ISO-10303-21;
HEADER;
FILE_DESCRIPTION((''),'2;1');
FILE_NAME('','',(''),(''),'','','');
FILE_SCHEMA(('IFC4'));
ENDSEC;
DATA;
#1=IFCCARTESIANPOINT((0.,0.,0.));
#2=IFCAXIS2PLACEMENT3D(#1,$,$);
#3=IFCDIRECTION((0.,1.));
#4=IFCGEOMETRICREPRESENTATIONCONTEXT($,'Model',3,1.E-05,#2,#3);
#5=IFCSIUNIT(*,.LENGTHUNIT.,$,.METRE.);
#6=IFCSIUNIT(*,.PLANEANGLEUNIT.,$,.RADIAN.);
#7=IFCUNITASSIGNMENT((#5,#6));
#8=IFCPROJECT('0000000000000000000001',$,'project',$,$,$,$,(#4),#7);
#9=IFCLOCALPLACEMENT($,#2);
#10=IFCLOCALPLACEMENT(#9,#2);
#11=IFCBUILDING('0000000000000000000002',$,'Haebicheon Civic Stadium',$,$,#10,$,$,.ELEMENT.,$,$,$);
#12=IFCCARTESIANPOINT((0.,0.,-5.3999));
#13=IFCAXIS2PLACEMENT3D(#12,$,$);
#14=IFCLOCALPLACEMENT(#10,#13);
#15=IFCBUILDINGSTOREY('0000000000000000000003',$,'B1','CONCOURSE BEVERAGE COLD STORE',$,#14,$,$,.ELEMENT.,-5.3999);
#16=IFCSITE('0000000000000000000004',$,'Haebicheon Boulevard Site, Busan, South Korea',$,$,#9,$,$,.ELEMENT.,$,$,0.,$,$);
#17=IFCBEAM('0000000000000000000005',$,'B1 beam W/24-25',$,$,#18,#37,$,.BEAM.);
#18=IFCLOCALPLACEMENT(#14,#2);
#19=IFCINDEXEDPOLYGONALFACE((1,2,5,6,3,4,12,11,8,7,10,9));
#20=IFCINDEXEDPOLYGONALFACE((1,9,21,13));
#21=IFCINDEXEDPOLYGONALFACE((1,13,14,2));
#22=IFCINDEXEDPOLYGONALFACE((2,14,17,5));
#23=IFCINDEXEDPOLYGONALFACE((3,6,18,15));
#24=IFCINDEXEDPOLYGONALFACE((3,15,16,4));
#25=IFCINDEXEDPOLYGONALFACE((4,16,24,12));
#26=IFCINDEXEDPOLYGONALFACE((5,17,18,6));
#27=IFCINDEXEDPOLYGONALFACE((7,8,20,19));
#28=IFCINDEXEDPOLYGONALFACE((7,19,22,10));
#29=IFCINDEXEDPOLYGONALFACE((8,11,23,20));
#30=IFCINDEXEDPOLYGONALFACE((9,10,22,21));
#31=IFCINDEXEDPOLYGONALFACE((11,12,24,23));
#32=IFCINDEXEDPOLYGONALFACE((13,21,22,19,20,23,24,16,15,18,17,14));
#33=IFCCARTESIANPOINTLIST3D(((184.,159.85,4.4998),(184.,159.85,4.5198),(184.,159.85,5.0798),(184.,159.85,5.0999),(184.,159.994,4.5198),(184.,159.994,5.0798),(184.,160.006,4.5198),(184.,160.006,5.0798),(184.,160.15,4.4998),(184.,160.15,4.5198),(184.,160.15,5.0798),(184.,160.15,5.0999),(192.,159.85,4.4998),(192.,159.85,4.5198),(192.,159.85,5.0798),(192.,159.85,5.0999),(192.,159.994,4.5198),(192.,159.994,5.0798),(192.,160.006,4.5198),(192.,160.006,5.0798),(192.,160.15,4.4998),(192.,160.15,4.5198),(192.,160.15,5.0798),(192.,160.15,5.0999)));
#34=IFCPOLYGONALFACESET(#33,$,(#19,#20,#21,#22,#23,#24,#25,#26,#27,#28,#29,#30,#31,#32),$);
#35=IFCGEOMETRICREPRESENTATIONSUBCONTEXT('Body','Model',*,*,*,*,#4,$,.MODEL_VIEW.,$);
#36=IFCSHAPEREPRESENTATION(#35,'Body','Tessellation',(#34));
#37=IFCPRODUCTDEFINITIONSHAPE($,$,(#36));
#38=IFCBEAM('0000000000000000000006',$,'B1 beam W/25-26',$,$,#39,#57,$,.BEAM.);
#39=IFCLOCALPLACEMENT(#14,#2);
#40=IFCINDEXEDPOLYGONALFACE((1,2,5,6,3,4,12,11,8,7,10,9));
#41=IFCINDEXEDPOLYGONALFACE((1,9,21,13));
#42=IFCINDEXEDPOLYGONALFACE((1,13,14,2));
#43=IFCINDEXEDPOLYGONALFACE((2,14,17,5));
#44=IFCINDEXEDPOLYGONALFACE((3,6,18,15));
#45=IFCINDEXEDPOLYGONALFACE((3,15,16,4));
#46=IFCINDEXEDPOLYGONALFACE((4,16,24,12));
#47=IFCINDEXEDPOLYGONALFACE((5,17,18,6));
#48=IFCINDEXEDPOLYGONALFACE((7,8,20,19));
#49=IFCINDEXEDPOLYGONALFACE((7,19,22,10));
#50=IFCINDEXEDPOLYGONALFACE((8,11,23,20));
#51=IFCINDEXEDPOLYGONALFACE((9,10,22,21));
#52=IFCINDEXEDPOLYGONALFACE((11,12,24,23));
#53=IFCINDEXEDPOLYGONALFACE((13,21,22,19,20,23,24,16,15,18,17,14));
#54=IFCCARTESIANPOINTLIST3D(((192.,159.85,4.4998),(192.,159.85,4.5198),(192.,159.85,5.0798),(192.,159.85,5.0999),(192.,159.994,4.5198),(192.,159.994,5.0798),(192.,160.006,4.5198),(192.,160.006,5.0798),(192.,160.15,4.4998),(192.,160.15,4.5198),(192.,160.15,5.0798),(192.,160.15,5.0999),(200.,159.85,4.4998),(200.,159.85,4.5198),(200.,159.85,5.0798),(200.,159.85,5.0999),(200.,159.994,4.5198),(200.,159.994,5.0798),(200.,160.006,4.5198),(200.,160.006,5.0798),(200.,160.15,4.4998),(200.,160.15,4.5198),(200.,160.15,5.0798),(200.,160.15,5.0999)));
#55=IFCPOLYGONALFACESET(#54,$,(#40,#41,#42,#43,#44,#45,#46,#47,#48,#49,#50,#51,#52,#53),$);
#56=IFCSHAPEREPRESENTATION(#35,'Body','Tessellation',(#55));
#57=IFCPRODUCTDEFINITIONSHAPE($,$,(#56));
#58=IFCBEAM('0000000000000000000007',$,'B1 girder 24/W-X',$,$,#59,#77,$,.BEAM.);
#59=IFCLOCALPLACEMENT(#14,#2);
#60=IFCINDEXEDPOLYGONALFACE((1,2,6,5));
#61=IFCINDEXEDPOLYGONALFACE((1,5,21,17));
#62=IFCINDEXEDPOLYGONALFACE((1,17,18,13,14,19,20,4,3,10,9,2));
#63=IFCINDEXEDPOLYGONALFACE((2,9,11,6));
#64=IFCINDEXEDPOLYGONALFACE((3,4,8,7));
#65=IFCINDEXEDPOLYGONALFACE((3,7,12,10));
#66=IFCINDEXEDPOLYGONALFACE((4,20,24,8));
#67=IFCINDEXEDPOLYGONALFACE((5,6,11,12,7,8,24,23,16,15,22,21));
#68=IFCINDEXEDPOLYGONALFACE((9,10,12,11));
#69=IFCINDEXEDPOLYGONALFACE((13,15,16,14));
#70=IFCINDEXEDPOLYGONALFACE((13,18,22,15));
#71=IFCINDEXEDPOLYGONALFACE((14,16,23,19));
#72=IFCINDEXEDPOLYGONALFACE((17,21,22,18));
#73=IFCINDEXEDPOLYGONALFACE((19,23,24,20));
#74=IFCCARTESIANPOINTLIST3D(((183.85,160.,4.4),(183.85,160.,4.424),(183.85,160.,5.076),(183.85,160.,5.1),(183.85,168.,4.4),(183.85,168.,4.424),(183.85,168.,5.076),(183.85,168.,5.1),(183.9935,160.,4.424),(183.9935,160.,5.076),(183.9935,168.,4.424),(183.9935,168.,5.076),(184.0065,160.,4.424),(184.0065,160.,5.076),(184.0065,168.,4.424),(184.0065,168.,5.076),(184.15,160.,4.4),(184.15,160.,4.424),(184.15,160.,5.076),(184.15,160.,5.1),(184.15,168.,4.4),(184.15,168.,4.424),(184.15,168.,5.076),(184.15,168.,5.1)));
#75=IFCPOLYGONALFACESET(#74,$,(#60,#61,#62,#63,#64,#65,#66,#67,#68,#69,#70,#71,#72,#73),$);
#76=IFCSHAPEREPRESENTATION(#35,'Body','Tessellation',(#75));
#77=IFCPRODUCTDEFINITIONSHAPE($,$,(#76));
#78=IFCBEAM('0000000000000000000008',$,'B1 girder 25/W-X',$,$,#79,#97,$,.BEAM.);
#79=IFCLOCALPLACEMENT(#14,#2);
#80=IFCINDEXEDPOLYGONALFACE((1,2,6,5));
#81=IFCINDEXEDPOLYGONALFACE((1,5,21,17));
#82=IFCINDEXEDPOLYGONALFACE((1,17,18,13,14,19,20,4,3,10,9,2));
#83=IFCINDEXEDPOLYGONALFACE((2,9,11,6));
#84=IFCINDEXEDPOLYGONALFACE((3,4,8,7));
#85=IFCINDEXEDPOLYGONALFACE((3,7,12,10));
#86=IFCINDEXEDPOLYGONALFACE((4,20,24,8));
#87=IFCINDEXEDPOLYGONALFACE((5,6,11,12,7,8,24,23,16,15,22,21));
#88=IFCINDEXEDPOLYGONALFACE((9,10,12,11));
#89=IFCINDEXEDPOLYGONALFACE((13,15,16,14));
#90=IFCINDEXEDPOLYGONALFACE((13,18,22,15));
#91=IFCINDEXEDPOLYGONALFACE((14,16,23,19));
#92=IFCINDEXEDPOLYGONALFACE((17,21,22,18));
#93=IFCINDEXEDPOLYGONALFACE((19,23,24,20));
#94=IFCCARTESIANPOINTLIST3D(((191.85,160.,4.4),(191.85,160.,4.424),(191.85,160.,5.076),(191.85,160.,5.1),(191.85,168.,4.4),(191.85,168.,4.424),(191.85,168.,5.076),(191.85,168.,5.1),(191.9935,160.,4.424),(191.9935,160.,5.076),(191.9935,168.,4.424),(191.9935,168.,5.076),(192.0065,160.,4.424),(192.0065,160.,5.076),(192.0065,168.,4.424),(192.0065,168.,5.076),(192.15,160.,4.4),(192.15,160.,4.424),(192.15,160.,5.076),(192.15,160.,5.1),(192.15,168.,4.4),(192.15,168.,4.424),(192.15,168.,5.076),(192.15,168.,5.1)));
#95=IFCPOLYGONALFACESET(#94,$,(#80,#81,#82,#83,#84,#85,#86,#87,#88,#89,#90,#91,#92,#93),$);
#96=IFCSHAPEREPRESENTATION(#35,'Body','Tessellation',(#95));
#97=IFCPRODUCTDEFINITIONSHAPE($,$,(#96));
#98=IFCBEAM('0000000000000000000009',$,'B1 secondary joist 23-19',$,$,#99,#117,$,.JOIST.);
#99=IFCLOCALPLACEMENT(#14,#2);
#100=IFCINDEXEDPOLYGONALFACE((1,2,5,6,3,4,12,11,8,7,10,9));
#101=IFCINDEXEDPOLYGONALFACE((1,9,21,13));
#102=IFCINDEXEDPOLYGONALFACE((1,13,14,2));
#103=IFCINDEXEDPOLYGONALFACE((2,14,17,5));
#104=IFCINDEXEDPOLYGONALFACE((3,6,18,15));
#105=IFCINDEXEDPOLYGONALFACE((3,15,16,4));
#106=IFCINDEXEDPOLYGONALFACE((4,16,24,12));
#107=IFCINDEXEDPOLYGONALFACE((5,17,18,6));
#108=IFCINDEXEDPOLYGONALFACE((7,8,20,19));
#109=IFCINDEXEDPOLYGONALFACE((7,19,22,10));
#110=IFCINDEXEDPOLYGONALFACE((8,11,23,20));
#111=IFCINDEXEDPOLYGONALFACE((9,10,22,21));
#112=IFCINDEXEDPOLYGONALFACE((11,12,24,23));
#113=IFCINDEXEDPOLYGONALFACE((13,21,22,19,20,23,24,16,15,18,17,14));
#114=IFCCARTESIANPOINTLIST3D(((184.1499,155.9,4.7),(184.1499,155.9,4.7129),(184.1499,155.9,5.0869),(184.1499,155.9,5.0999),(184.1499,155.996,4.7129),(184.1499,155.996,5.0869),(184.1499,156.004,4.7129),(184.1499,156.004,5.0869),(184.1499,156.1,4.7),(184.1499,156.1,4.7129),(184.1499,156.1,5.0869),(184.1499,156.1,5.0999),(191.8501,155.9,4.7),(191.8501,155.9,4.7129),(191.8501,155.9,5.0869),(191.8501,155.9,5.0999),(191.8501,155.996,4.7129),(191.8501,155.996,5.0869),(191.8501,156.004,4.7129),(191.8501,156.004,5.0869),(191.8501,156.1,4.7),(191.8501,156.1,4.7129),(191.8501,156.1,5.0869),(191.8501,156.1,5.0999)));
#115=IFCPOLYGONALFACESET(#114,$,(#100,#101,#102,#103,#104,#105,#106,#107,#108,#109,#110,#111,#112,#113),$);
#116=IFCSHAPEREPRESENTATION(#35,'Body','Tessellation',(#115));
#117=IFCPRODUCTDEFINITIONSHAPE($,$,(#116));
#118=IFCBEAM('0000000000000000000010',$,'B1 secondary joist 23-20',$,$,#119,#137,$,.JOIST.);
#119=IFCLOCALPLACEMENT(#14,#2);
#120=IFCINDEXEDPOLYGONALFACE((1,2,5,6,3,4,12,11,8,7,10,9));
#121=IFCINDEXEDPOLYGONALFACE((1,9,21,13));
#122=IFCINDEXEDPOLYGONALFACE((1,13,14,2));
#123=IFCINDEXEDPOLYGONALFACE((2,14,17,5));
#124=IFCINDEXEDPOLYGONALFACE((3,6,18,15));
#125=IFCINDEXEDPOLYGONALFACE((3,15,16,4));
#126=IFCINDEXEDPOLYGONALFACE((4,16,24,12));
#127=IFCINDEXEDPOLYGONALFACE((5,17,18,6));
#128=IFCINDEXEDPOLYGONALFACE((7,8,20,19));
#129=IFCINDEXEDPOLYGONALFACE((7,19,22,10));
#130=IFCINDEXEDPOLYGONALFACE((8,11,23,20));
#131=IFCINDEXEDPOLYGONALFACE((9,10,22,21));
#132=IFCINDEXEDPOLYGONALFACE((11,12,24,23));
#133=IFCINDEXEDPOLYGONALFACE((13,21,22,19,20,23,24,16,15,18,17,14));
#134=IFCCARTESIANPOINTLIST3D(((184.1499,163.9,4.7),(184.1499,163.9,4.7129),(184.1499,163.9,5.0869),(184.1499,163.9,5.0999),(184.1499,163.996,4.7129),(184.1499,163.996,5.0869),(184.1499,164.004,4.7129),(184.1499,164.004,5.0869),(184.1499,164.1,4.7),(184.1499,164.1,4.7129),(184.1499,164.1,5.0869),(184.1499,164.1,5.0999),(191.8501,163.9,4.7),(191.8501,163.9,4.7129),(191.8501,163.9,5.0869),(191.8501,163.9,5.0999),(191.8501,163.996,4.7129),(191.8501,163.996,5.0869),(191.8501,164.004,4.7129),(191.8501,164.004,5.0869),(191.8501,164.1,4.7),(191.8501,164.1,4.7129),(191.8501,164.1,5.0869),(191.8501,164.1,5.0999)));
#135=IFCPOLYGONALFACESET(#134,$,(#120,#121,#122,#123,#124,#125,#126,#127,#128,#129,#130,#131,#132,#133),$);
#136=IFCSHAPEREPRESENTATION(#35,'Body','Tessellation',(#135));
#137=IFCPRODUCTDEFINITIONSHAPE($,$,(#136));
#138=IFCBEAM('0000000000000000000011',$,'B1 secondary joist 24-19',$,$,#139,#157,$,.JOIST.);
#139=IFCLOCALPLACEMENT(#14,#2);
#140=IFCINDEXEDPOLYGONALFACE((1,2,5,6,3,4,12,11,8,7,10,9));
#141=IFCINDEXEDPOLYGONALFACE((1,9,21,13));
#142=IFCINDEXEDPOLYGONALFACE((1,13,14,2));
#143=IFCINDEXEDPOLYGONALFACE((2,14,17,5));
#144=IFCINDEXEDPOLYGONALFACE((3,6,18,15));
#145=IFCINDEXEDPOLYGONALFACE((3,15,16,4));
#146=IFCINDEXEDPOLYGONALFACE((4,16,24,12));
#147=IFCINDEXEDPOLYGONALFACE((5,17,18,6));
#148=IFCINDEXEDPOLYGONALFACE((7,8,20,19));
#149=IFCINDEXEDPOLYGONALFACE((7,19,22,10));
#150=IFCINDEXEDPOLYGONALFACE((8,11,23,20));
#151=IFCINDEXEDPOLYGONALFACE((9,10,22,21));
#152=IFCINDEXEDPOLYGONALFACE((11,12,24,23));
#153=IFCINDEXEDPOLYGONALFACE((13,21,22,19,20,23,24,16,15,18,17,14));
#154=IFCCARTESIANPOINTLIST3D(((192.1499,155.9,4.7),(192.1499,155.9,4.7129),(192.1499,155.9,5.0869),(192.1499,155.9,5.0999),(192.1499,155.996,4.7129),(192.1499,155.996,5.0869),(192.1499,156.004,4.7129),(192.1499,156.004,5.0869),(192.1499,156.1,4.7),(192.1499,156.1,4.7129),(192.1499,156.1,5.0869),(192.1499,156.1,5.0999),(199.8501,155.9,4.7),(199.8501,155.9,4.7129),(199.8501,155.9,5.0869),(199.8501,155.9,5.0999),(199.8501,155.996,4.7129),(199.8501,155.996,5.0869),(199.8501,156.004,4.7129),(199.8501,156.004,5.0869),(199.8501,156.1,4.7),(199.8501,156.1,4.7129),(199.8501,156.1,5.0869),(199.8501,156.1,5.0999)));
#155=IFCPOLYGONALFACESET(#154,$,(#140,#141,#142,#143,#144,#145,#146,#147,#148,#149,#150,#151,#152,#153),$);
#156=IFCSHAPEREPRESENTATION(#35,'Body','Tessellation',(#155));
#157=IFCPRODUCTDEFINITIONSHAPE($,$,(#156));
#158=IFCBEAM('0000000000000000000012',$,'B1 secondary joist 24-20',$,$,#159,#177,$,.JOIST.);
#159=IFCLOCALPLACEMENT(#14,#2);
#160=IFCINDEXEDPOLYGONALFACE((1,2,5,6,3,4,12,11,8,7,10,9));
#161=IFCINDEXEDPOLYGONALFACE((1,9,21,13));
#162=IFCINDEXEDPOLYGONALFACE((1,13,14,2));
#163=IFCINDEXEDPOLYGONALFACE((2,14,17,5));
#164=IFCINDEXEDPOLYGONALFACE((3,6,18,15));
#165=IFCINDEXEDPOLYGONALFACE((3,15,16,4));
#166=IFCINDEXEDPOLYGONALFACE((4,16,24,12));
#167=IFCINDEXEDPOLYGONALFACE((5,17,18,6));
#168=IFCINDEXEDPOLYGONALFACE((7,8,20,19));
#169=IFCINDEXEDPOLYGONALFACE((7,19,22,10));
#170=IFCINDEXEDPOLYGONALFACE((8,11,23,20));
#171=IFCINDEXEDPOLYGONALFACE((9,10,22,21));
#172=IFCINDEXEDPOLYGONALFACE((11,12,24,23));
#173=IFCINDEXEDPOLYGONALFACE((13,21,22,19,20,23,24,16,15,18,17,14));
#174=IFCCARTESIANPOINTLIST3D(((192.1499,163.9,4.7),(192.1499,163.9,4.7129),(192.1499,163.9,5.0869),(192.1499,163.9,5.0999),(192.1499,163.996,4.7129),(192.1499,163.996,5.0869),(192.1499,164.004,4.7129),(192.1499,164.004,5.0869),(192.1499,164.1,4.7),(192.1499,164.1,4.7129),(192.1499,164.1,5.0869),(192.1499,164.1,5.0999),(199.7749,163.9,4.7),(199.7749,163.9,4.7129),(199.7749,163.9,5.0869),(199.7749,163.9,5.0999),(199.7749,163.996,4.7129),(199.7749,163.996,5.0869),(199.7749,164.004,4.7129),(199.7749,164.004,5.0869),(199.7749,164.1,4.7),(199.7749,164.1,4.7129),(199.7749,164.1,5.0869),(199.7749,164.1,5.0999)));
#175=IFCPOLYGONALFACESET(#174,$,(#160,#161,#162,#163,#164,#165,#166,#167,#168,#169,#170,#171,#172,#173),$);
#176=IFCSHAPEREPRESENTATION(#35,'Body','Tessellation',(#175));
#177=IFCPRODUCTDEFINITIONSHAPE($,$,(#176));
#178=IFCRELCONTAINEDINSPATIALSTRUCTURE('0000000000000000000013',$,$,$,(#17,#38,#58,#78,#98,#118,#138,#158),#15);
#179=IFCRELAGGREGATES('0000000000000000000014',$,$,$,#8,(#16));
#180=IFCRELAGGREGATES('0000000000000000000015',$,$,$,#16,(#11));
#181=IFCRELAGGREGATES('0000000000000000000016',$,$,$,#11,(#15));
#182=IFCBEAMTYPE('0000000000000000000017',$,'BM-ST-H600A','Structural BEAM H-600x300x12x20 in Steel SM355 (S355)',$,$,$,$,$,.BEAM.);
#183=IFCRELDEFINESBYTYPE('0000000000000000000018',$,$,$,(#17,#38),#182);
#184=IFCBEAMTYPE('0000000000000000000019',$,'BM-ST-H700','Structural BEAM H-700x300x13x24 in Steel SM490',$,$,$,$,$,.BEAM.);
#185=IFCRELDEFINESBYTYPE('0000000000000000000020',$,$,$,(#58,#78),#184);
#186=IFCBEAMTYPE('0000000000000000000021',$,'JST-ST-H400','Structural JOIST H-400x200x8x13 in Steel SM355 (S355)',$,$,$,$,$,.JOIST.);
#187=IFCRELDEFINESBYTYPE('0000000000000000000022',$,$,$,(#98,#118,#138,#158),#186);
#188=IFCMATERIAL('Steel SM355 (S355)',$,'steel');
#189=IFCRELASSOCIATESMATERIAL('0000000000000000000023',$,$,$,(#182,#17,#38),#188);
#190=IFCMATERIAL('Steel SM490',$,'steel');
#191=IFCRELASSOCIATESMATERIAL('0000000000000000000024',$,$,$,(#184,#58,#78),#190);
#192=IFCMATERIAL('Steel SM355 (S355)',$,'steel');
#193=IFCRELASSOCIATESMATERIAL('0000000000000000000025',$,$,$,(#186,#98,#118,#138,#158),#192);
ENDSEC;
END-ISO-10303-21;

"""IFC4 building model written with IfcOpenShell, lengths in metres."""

from ifc_helpers import new_model, si_unit, direction, frame, origin, origin_2d, place, context, subcontext, project, spatial, i_section, extrude, material, material_profile, profile_set, type_object, element, save


model = new_model("IFC4")

# Units and contexts
model_context = context("Model", 3, precision=1e-05, world=origin(), true_north=direction((0.0, 1.0)))
body_context = subcontext(model_context, "Body", "Model", "MODEL_VIEW")
ifc_project = project(units=[si_unit("LENGTHUNIT", "METRE"), si_unit("PLANEANGLEUNIT", "RADIAN")], contexts=[model_context])

# Site, building, storey
site_placement = place(None, origin())
site = spatial("IfcSite", under=ifc_project, at=site_placement, Name="Haebicheon Boulevard Site, Busan, South Korea", CompositionType="ELEMENT", RefElevation=0.0)
building_placement = place(site_placement, origin())
building = spatial("IfcBuilding", under=site, at=building_placement, Name="Haebicheon Civic Stadium", CompositionType="ELEMENT")
storey_placement = place(building_placement, frame((0.0, 0.0, -5.3999)))
storey = spatial("IfcBuildingStorey", under=building, at=storey_placement, Name="B1", Description="CONCOURSE BEVERAGE COLD STORE", CompositionType="ELEMENT", Elevation=-5.3999)

# Beams
ifc_material_1 = material(Name="Steel SM355 (S355)", Category="steel")
ifc_material_profile_1 = material_profile(ifc_material_1, i_section(OverallWidth=0.3, OverallDepth=0.6001, WebThickness=0.012, FlangeThickness=0.02, at=origin_2d()), Name="H-600x300x12x20")
ifc_profile_set_1 = profile_set([ifc_material_profile_1], Name="Steel SM355 (S355)")
beam_type_1 = type_object("IfcBeamType", Name="BM-ST-H600A", Description="Structural BEAM H-600x300x12x20 in Steel SM355 (S355)", PredefinedType="BEAM", material=ifc_profile_set_1)
for number, where, z_axis, x_axis, name in (
    (1, (184.0, 160.0, 4.7998), (1.0, 0.0, 0.0), (0.0, 1.0, 0.0), "B1 beam W/24-25"),
    (2, (192.0, 160.0, 4.7998), (1.0, 0.0, 0.0), (0.0, 1.0, 0.0), "B1 beam W/25-26"),
):
    element("IfcBeam", number, at=place(storey_placement, frame(where, z_axis=z_axis, x_axis=x_axis)), inside=storey, type_object=beam_type_1, material=ifc_profile_set_1, Name=name, PredefinedType="BEAM", context=body_context, shape_type="SweptSolid", body=[
        extrude(i_section(OverallWidth=0.3, OverallDepth=0.6001, WebThickness=0.012, FlangeThickness=0.02, at=origin_2d()), origin(), (0.0, 0.0, 1.0), 8.0),
    ])
ifc_material_2 = material(Name="Steel SM490", Category="steel")
ifc_material_profile_2 = material_profile(ifc_material_2, i_section(OverallWidth=0.3, OverallDepth=0.7, WebThickness=0.0129, FlangeThickness=0.0239, at=origin_2d()), Name="H-700x300x13x24")
ifc_profile_set_2 = profile_set([ifc_material_profile_2], Name="Steel SM490")
beam_type_2 = type_object("IfcBeamType", Name="BM-ST-H700", Description="Structural BEAM H-700x300x13x24 in Steel SM490", PredefinedType="BEAM", material=ifc_profile_set_2)
for number, where, z_axis, x_axis, name in (
    (3, (184.0, 160.0, 4.75), (0.0, 1.0, 0.0), (-1.0, 0.0, 0.0), "B1 girder 24/W-X"),
    (4, (192.0, 160.0, 4.75), (0.0, 1.0, 0.0), (-1.0, 0.0, 0.0), "B1 girder 25/W-X"),
):
    element("IfcBeam", number, at=place(storey_placement, frame(where, z_axis=z_axis, x_axis=x_axis)), inside=storey, type_object=beam_type_2, material=ifc_profile_set_2, Name=name, PredefinedType="BEAM", context=body_context, shape_type="SweptSolid", body=[
        extrude(i_section(OverallWidth=0.3, OverallDepth=0.7, WebThickness=0.0129, FlangeThickness=0.0239, at=origin_2d()), origin(), (0.0, 0.0, 1.0), 8.0),
    ])
ifc_material_3 = material(Name="Steel SM355 (S355)", Category="steel")
ifc_material_profile_3 = material_profile(ifc_material_3, i_section(OverallWidth=0.2, OverallDepth=0.3999, WebThickness=0.0081, FlangeThickness=0.0129, at=origin_2d()), Name="H-400x200x8x13")
ifc_profile_set_3 = profile_set([ifc_material_profile_3], Name="Steel SM355 (S355)")
beam_type_3 = type_object("IfcBeamType", Name="JST-ST-H400", Description="Structural JOIST H-400x200x8x13 in Steel SM355 (S355)", PredefinedType="JOIST", material=ifc_profile_set_3)
for number, where, z_axis, x_axis, name in (
    (5, (184.1499, 156.0, 4.8999), (1.0, 0.0, 0.0), (0.0, 1.0, 0.0), "B1 secondary joist 23-19"),
    (6, (184.1499, 164.0, 4.8999), (1.0, 0.0, 0.0), (0.0, 1.0, 0.0), "B1 secondary joist 23-20"),
    (7, (192.1499, 156.0, 4.8999), (1.0, 0.0, 0.0), (0.0, 1.0, 0.0), "B1 secondary joist 24-19"),
):
    element("IfcBeam", number, at=place(storey_placement, frame(where, z_axis=z_axis, x_axis=x_axis)), inside=storey, type_object=beam_type_3, material=ifc_profile_set_3, Name=name, PredefinedType="JOIST", context=body_context, shape_type="SweptSolid", body=[
        extrude(i_section(OverallWidth=0.2, OverallDepth=0.3999, WebThickness=0.0081, FlangeThickness=0.0129, at=origin_2d()), origin(), (0.0, 0.0, 1.0), 7.7002),
    ])
beam_placement = place(storey_placement, frame((192.1499, 164.0, 4.8999), z_axis=(1.0, 0.0, 0.0), x_axis=(0.0, 1.0, 0.0)))
element("IfcBeam", 8, at=beam_placement, inside=storey, type_object=beam_type_3, material=ifc_profile_set_3, Name="B1 secondary joist 24-20", PredefinedType="JOIST", context=body_context, shape_type="SweptSolid", body=[
    extrude(i_section(OverallWidth=0.2, OverallDepth=0.3999, WebThickness=0.0081, FlangeThickness=0.0129, at=origin_2d()), origin(), (0.0, 0.0, 1.0), 7.625),
])

save(model, "model.ifc")
